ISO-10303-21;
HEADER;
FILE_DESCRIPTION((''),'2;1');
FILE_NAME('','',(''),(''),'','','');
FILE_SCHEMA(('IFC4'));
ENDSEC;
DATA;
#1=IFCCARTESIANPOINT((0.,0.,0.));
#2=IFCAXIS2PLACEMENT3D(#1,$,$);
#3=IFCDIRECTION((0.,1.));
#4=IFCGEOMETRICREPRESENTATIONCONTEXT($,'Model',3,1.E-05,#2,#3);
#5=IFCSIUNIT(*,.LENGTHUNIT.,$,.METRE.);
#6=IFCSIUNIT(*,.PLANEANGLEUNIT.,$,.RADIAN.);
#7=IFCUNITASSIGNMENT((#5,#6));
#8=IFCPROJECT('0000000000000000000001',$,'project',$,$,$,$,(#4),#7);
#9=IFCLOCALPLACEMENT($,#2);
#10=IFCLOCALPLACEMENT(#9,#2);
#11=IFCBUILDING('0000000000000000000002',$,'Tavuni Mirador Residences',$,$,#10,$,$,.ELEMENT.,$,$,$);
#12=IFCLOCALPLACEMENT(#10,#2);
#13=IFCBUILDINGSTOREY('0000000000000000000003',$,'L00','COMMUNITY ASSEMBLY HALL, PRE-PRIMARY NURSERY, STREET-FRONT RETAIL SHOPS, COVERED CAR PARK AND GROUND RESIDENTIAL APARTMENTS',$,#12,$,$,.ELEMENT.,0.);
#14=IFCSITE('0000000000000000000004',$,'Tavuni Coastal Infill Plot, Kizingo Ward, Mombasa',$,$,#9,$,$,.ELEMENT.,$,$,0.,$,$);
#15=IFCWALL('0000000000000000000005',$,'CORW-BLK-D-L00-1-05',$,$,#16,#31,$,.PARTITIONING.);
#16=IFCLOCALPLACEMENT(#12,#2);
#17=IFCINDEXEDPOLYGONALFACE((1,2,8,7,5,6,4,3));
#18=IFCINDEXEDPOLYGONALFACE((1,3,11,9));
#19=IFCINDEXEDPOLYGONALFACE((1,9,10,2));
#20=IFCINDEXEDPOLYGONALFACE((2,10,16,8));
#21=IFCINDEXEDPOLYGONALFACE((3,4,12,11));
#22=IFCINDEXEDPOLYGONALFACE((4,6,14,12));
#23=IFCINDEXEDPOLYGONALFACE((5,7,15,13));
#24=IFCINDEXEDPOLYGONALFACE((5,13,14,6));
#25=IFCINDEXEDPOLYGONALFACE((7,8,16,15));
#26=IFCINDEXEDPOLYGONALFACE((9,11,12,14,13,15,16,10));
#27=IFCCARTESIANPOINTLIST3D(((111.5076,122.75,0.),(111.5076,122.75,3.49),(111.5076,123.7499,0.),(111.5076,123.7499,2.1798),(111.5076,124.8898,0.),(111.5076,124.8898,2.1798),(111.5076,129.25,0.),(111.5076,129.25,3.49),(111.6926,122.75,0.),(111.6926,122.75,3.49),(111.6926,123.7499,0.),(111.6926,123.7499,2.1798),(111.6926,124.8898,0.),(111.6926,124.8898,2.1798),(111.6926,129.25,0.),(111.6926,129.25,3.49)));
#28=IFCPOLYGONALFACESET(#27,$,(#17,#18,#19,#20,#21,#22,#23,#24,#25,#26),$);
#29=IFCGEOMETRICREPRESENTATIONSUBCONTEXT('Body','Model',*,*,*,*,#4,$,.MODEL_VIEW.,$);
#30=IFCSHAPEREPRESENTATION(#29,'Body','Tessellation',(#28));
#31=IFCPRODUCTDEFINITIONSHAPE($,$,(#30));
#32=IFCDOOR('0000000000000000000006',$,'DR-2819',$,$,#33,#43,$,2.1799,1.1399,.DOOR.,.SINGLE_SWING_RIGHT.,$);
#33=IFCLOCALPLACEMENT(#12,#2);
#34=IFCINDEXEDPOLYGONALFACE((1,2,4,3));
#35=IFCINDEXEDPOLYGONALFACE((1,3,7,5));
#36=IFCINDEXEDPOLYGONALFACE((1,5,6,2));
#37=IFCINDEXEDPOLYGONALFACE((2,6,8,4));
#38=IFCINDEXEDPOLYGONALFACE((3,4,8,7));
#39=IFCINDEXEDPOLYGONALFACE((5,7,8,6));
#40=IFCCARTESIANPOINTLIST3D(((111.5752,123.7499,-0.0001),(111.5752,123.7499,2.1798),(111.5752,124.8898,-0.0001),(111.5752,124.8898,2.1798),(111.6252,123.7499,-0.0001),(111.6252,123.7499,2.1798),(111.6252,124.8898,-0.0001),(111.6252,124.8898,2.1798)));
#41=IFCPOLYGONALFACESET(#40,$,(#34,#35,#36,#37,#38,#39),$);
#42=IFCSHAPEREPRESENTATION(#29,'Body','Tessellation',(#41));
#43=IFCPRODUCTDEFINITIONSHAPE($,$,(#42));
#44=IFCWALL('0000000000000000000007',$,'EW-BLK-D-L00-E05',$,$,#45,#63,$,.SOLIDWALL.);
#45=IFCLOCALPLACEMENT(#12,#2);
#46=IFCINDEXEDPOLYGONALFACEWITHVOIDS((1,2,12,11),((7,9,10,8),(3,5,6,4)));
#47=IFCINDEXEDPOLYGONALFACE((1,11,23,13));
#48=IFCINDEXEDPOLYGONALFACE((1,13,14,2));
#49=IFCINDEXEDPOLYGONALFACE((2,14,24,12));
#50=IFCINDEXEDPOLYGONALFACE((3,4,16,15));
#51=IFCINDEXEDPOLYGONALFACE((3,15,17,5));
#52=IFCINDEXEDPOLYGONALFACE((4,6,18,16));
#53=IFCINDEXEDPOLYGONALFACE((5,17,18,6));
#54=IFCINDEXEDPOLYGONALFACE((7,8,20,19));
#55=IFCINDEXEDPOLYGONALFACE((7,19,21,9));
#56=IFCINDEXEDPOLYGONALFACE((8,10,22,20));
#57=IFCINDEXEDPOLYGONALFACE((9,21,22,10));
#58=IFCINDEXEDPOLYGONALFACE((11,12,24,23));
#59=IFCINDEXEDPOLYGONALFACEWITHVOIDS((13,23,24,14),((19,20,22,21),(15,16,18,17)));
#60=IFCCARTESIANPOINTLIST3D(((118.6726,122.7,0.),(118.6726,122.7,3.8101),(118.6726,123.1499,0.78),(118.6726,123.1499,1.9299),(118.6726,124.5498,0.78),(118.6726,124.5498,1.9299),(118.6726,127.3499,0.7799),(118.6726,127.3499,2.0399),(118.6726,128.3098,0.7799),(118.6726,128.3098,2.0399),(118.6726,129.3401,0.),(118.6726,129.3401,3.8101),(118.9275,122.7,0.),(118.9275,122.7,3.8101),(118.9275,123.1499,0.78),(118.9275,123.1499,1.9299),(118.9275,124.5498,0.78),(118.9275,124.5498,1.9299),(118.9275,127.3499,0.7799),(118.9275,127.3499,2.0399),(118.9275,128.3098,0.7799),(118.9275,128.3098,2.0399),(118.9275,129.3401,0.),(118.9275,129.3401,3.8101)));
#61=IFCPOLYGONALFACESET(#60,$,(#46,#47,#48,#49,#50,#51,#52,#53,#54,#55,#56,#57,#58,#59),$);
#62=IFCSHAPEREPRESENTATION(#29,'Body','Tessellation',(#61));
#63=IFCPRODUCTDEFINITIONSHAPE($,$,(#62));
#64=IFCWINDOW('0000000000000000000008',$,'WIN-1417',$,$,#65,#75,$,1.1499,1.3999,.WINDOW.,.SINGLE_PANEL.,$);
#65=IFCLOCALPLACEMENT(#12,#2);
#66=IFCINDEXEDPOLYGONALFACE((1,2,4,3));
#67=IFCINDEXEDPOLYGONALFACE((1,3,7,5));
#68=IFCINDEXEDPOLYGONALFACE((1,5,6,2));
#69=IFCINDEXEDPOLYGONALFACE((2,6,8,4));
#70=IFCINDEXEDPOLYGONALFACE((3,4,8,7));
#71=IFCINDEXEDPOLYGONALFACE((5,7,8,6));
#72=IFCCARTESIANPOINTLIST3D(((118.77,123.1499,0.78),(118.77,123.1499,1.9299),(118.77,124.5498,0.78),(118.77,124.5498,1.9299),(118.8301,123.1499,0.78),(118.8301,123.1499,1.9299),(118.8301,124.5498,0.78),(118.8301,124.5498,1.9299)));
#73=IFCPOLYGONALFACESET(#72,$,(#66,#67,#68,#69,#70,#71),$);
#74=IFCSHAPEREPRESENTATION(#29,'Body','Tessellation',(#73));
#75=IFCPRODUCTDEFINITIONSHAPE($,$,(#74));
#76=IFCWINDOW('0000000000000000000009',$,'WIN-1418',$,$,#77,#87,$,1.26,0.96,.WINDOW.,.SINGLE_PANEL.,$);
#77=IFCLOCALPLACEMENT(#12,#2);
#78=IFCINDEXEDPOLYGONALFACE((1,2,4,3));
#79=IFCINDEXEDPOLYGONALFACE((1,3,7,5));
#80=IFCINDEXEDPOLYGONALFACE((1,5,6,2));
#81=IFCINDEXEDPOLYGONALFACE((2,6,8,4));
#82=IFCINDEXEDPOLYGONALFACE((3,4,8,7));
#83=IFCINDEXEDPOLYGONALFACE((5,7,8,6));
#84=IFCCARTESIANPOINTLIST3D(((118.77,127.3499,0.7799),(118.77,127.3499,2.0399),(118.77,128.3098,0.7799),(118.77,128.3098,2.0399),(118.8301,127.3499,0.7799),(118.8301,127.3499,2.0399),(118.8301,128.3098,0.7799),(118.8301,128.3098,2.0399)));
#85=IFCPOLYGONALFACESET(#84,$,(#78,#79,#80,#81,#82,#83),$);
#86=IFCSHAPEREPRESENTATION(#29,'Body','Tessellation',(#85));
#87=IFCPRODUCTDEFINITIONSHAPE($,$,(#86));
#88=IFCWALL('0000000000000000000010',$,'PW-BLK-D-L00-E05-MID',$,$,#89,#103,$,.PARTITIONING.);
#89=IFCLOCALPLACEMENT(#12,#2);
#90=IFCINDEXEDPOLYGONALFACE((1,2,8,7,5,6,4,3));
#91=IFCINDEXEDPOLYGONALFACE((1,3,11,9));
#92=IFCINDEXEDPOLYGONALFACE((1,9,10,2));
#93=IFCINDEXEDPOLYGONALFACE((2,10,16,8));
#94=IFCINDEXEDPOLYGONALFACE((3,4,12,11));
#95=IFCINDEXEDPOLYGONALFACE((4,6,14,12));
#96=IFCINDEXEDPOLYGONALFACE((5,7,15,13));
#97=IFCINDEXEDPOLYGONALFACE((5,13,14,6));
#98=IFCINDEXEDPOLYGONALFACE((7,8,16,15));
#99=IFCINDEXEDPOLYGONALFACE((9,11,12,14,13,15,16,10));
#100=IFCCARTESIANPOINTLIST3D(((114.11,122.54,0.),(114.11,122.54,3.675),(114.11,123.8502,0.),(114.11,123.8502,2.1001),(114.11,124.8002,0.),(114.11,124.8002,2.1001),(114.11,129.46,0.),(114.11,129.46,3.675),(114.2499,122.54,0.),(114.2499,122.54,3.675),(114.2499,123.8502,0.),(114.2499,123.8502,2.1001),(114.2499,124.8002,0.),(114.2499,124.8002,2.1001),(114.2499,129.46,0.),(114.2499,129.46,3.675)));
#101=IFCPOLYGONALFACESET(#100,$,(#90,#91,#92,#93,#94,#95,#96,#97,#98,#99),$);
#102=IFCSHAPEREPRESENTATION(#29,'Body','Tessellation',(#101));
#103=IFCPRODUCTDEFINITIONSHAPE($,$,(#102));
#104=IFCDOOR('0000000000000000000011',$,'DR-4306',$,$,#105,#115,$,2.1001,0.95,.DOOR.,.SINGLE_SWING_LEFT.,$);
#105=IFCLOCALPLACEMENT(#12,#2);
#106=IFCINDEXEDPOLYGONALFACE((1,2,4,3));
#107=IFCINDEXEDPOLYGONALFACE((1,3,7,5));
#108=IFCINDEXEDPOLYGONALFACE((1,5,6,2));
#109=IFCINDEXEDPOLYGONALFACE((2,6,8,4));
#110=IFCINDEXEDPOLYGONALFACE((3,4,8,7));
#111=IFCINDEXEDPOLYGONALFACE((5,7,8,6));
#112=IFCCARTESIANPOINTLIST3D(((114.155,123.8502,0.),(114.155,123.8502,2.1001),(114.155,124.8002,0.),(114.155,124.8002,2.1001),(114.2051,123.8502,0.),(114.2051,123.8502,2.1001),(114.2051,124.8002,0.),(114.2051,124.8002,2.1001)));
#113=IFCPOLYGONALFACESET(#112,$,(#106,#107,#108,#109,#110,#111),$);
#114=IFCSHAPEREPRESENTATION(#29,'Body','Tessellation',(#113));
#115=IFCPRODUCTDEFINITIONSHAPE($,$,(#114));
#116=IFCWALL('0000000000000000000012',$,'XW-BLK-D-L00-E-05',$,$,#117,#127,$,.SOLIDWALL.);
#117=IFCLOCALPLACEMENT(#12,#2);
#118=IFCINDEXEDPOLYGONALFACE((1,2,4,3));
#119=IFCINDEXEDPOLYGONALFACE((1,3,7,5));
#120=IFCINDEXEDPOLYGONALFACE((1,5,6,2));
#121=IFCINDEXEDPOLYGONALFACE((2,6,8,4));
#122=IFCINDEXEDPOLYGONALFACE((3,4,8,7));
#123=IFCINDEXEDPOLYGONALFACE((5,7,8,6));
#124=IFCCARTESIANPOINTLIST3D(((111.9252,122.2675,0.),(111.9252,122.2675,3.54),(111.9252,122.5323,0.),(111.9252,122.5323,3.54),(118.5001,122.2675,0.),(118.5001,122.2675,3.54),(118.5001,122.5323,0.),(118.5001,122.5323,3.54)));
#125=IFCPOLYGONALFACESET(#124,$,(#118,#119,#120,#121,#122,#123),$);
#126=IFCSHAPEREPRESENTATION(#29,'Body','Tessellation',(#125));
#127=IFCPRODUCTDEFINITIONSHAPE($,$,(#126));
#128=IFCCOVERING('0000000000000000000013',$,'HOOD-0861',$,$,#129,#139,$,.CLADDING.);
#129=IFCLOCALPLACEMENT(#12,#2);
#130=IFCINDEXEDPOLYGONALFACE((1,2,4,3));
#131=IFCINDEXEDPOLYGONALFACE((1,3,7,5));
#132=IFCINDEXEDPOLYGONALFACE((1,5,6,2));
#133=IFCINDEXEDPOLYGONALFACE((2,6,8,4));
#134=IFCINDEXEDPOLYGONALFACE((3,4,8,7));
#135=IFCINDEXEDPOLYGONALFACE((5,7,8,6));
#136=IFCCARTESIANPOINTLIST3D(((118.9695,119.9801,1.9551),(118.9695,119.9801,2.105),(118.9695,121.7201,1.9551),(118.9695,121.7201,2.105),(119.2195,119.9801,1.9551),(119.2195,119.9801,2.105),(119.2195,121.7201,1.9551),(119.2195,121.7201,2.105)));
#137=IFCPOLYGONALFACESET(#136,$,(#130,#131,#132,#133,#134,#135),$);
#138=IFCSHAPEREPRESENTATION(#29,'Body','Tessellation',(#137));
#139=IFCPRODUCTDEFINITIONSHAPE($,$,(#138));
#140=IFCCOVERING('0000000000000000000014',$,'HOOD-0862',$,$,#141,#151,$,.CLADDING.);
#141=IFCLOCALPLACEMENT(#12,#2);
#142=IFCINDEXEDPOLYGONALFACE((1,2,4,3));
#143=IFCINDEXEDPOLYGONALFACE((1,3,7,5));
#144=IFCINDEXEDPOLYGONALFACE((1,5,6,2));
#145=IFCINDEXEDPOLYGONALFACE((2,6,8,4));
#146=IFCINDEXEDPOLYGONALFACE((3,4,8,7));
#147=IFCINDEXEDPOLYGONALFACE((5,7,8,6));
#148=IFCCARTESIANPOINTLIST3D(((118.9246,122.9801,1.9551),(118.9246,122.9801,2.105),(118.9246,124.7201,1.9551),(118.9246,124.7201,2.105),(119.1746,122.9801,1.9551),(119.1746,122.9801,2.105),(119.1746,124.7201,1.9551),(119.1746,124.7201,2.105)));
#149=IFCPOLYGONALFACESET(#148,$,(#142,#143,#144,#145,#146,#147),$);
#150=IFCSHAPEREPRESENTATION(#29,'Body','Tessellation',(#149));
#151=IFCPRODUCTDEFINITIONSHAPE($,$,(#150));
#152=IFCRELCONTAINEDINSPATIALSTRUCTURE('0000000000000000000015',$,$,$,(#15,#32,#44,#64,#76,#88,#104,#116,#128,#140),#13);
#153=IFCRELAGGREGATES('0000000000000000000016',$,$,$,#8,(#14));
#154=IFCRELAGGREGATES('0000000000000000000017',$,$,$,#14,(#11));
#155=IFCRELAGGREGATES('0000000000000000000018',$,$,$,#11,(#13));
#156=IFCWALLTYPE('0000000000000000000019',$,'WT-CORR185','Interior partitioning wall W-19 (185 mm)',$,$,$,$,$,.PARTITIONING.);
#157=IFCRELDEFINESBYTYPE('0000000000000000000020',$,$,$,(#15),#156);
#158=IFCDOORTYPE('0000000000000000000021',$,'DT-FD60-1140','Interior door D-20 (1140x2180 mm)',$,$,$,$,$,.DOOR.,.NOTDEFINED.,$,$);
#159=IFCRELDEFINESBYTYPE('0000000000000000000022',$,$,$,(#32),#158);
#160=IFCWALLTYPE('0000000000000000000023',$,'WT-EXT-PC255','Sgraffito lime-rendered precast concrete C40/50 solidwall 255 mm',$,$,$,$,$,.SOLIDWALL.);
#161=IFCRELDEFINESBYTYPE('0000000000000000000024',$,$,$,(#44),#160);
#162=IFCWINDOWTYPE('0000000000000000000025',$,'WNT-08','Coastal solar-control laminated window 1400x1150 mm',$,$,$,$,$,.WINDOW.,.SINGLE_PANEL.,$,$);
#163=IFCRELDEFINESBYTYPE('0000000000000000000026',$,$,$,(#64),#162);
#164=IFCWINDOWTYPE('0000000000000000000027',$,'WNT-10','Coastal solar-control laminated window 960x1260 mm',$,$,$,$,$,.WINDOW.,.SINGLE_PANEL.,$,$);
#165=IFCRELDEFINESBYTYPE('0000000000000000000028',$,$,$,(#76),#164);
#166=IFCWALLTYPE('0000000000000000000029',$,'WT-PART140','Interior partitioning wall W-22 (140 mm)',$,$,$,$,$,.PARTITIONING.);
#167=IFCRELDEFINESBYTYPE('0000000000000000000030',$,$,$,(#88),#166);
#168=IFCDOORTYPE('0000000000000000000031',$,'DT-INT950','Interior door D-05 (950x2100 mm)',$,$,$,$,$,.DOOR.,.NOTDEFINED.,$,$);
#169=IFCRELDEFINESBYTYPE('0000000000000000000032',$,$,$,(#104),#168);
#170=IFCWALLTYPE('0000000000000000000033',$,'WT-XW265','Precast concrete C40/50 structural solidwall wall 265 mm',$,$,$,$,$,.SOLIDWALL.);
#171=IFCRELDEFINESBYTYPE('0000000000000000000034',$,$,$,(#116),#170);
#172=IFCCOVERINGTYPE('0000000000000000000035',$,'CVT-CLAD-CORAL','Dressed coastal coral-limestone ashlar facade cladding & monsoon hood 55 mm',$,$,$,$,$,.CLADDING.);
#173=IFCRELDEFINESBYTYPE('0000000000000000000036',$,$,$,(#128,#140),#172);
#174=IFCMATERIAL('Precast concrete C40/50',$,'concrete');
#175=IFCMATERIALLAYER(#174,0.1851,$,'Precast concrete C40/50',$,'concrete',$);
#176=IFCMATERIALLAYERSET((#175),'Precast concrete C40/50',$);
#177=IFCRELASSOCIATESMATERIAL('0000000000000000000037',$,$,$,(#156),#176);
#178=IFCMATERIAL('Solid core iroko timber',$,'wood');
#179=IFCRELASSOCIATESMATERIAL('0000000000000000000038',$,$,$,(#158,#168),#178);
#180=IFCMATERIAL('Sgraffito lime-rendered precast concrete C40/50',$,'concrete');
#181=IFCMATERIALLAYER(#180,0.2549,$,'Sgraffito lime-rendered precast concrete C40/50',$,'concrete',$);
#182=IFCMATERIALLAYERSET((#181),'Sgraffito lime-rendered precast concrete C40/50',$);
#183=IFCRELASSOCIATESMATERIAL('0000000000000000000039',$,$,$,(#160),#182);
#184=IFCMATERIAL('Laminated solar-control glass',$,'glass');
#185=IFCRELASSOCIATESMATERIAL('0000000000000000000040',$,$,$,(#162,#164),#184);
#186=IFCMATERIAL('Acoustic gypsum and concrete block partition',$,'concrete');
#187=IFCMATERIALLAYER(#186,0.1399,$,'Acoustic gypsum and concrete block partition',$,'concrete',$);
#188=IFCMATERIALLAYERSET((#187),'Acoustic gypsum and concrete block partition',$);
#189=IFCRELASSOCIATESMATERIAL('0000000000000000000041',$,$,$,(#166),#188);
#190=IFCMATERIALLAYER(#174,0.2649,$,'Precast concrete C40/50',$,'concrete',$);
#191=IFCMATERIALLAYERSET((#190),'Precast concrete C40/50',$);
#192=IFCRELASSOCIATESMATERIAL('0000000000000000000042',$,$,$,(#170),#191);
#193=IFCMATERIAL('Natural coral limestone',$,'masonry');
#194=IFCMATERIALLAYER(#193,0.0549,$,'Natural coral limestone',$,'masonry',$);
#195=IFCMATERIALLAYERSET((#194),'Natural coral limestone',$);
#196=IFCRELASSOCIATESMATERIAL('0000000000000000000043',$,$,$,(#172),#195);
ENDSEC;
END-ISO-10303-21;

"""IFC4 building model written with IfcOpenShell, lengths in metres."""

from ifc_helpers import new_model, si_unit, direction, frame, frame_2d, origin, origin_2d, place, context, subcontext, project, spatial, rectangle, extrude, material, layer, layer_set, type_object, element, fill, save


model = new_model("IFC4")

# Units and contexts
model_context = context("Model", 3, precision=1e-05, world=origin(), true_north=direction((0.0, 1.0)))
body_context = subcontext(model_context, "Body", "Model", "MODEL_VIEW")
ifc_project = project(units=[si_unit("LENGTHUNIT", "METRE"), si_unit("PLANEANGLEUNIT", "RADIAN")], contexts=[model_context])

# Site, building, storey
site_placement = place(None, origin())
site = spatial("IfcSite", under=ifc_project, at=site_placement, Name="Tavuni Coastal Infill Plot, Kizingo Ward, Mombasa", CompositionType="ELEMENT", RefElevation=0.0)
building_placement = place(site_placement, origin())
building = spatial("IfcBuilding", under=site, at=building_placement, Name="Tavuni Mirador Residences", CompositionType="ELEMENT")
storey_placement = place(building_placement, origin())
storey = spatial("IfcBuildingStorey", under=building, at=storey_placement, Name="L00", Description="COMMUNITY ASSEMBLY HALL, PRE-PRIMARY NURSERY, STREET-FRONT RETAIL SHOPS, COVERED CAR PARK AND GROUND RESIDENTIAL APARTMENTS", CompositionType="ELEMENT", Elevation=0.0)

# Shared definitions
ifc_material_1 = material(Name="Precast concrete C40/50", Category="concrete")

# Wall, opening, door
ifc_layer_1 = layer(ifc_material_1, 0.1851, Name="Precast concrete C40/50", Category="concrete")
ifc_layer_set_1 = layer_set([ifc_layer_1], Name="Precast concrete C40/50")
wall_type_1 = type_object("IfcWallType", Name="WT-CORR185", Description="Interior partitioning wall W-19 (185 mm)", PredefinedType="PARTITIONING", material=ifc_layer_set_1)
wall_1_placement = place(storey_placement, frame((111.6001, 122.75, 0.0), z_axis=(0.0, 0.0, 1.0), x_axis=(0.0, 1.0, 0.0)))
wall_1 = element("IfcWall", 1, at=wall_1_placement, inside=storey, type_object=wall_type_1, Name="CORW-BLK-D-L00-1-05", PredefinedType="PARTITIONING", context=body_context, shape_type="SweptSolid", body=[
    extrude(rectangle(XDim=6.5, YDim=0.1851, at=frame_2d((3.25, 0.0))), origin(), (0.0, 0.0, 1.0), 3.49),
])
opening_1_placement = place(wall_1_placement, frame((1.0, 0.0, 0.0)))
opening_1 = element("IfcOpeningElement", 2, at=opening_1_placement, cuts=wall_1, PredefinedType="OPENING", context=body_context, shape_type="SweptSolid", body=[
    extrude(rectangle(XDim=1.1399, YDim=2.1799, at=frame_2d((0.5698, 1.0898))), frame((0.0, 0.1025, 0.0), z_axis=(0.0, -1.0, 0.0), x_axis=(1.0, 0.0, 0.0)), (0.0, 0.0, 1.0), 0.2051),
])
ifc_material_2 = material(Name="Solid core iroko timber", Category="wood")
door_type_1 = type_object("IfcDoorType", Name="DT-FD60-1140", Description="Interior door D-20 (1140x2180 mm)", OperationType="NOTDEFINED", PredefinedType="DOOR", material=ifc_material_2)
door_1_placement = place(opening_1_placement, origin())
door_1 = element("IfcDoor", 3, at=door_1_placement, inside=storey, type_object=door_type_1, Name="DR-2819", OperationType="SINGLE_SWING_RIGHT", OverallHeight=2.1799, OverallWidth=1.1399, PredefinedType="DOOR", context=body_context, shape_type="SweptSolid", body=[
    extrude(rectangle(XDim=1.1399, YDim=2.1799, at=frame_2d((0.5698, 1.0898))), frame((0.0, 0.0249, 0.0), z_axis=(0.0, -1.0, 0.0), x_axis=(1.0, 0.0, 0.0)), (0.0, 0.0, 1.0), 0.05),
])
fill(opening_1, door_1)

# Wall, openings, windows
ifc_material_3 = material(Name="Sgraffito lime-rendered precast concrete C40/50", Category="concrete")
ifc_layer_2 = layer(ifc_material_3, 0.2549, Name="Sgraffito lime-rendered precast concrete C40/50", Category="concrete")
ifc_layer_set_2 = layer_set([ifc_layer_2], Name="Sgraffito lime-rendered precast concrete C40/50")
wall_type_2 = type_object("IfcWallType", Name="WT-EXT-PC255", Description="Sgraffito lime-rendered precast concrete C40/50 solidwall 255 mm", PredefinedType="SOLIDWALL", material=ifc_layer_set_2)
wall_2_placement = place(storey_placement, frame((118.8, 122.7, 0.0), z_axis=(0.0, 0.0, 1.0), x_axis=(0.0, 1.0, 0.0)))
wall_2 = element("IfcWall", 4, at=wall_2_placement, inside=storey, type_object=wall_type_2, Name="EW-BLK-D-L00-E05", PredefinedType="SOLIDWALL", context=body_context, shape_type="SweptSolid", body=[
    extrude(rectangle(XDim=6.6401, YDim=0.2549, at=frame_2d((3.3201, 0.0))), origin(), (0.0, 0.0, 1.0), 3.8101),
])
opening_2_placement = place(wall_2_placement, frame((0.45, 0.0, 0.78)))
opening_2 = element("IfcOpeningElement", 5, at=opening_2_placement, cuts=wall_2, PredefinedType="OPENING", context=body_context, shape_type="SweptSolid", body=[
    extrude(rectangle(XDim=1.3999, YDim=1.1499, at=frame_2d((0.7, 0.575))), frame((0.0, 0.1375, 0.0), z_axis=(0.0, -1.0, 0.0), x_axis=(1.0, 0.0, 0.0)), (0.0, 0.0, 1.0), 0.2749),
])
opening_3_placement = place(wall_2_placement, frame((4.6499, 0.0, 0.78)))
opening_3 = element("IfcOpeningElement", 6, at=opening_3_placement, cuts=wall_2, PredefinedType="OPENING", context=body_context, shape_type="SweptSolid", body=[
    extrude(rectangle(XDim=0.96, YDim=1.26, at=frame_2d((0.48, 0.6299))), frame((0.0, 0.1375, 0.0), z_axis=(0.0, -1.0, 0.0), x_axis=(1.0, 0.0, 0.0)), (0.0, 0.0, 1.0), 0.2749),
])
ifc_material_4 = material(Name="Laminated solar-control glass", Category="glass")
window_type_1 = type_object("IfcWindowType", Name="WNT-08", Description="Coastal solar-control laminated window 1400x1150 mm", PartitioningType="SINGLE_PANEL", PredefinedType="WINDOW", material=ifc_material_4)
window_1_placement = place(opening_2_placement, origin())
window_1 = element("IfcWindow", 7, at=window_1_placement, inside=storey, type_object=window_type_1, Name="WIN-1417", OverallHeight=1.1499, OverallWidth=1.3999, PartitioningType="SINGLE_PANEL", PredefinedType="WINDOW", context=body_context, shape_type="SweptSolid", body=[
    extrude(rectangle(XDim=1.3999, YDim=1.1499, at=frame_2d((0.7, 0.575))), frame((0.0, 0.03, 0.0), z_axis=(0.0, -1.0, 0.0), x_axis=(1.0, 0.0, 0.0)), (0.0, 0.0, 1.0), 0.0601),
])
fill(opening_2, window_1)
window_type_2 = type_object("IfcWindowType", Name="WNT-10", Description="Coastal solar-control laminated window 960x1260 mm", PartitioningType="SINGLE_PANEL", PredefinedType="WINDOW", material=ifc_material_4)
window_2_placement = place(opening_3_placement, origin())
window_2 = element("IfcWindow", 8, at=window_2_placement, inside=storey, type_object=window_type_2, Name="WIN-1418", OverallHeight=1.26, OverallWidth=0.96, PartitioningType="SINGLE_PANEL", PredefinedType="WINDOW", context=body_context, shape_type="SweptSolid", body=[
    extrude(rectangle(XDim=0.96, YDim=1.26, at=frame_2d((0.48, 0.6299))), frame((0.0, 0.03, 0.0), z_axis=(0.0, -1.0, 0.0), x_axis=(1.0, 0.0, 0.0)), (0.0, 0.0, 1.0), 0.0601),
])
fill(opening_3, window_2)

# Wall, opening, door
ifc_material_5 = material(Name="Acoustic gypsum and concrete block partition", Category="concrete")
ifc_layer_3 = layer(ifc_material_5, 0.1399, Name="Acoustic gypsum and concrete block partition", Category="concrete")
ifc_layer_set_3 = layer_set([ifc_layer_3], Name="Acoustic gypsum and concrete block partition")
wall_type_3 = type_object("IfcWallType", Name="WT-PART140", Description="Interior partitioning wall W-22 (140 mm)", PredefinedType="PARTITIONING", material=ifc_layer_set_3)
wall_3_placement = place(storey_placement, frame((114.1799, 122.54, 0.0), z_axis=(0.0, 0.0, 1.0), x_axis=(0.0, 1.0, 0.0)))
wall_3 = element("IfcWall", 9, at=wall_3_placement, inside=storey, type_object=wall_type_3, Name="PW-BLK-D-L00-E05-MID", PredefinedType="PARTITIONING", context=body_context, shape_type="SweptSolid", body=[
    extrude(rectangle(XDim=6.9199, YDim=0.1399, at=frame_2d((3.46, 0.0))), origin(), (0.0, 0.0, 1.0), 3.675),
])
opening_4_placement = place(wall_3_placement, frame((1.3101, 0.0, 0.0)))
opening_4 = element("IfcOpeningElement", 10, at=opening_4_placement, cuts=wall_3, PredefinedType="OPENING", context=body_context, shape_type="SweptSolid", body=[
    extrude(rectangle(XDim=0.95, YDim=2.1001, at=frame_2d((0.4751, 1.05))), frame((0.0, 0.0801, 0.0), z_axis=(0.0, -1.0, 0.0), x_axis=(1.0, 0.0, 0.0)), (0.0, 0.0, 1.0), 0.1599),
])
door_type_2 = type_object("IfcDoorType", Name="DT-INT950", Description="Interior door D-05 (950x2100 mm)", OperationType="NOTDEFINED", PredefinedType="DOOR", material=ifc_material_2)
door_2_placement = place(opening_4_placement, origin())
door_2 = element("IfcDoor", 11, at=door_2_placement, inside=storey, type_object=door_type_2, Name="DR-4306", OperationType="SINGLE_SWING_LEFT", OverallHeight=2.1001, OverallWidth=0.95, PredefinedType="DOOR", context=body_context, shape_type="SweptSolid", body=[
    extrude(rectangle(XDim=0.95, YDim=2.1001, at=frame_2d((0.4751, 1.05))), frame((0.0, 0.0249, 0.0), z_axis=(0.0, -1.0, 0.0), x_axis=(1.0, 0.0, 0.0)), (0.0, 0.0, 1.0), 0.05),
])
fill(opening_4, door_2)

# Wall
ifc_layer_4 = layer(ifc_material_1, 0.2649, Name="Precast concrete C40/50", Category="concrete")
ifc_layer_set_4 = layer_set([ifc_layer_4], Name="Precast concrete C40/50")
wall_type_4 = type_object("IfcWallType", Name="WT-XW265", Description="Precast concrete C40/50 structural solidwall wall 265 mm", PredefinedType="SOLIDWALL", material=ifc_layer_set_4)
wall_4_placement = place(storey_placement, frame((111.925, 122.3999, 0.0), z_axis=(0.0, 0.0, 1.0), x_axis=(1.0, 0.0, 0.0)))
element("IfcWall", 12, at=wall_4_placement, inside=storey, type_object=wall_type_4, Name="XW-BLK-D-L00-E-05", PredefinedType="SOLIDWALL", context=body_context, shape_type="SweptSolid", body=[
    extrude(rectangle(XDim=6.575, YDim=0.2649, at=frame_2d((3.2876, 0.0))), origin(), (0.0, 0.0, 1.0), 3.54),
])

# Coverings
ifc_material_6 = material(Name="Natural coral limestone", Category="masonry")
ifc_layer_5 = layer(ifc_material_6, 0.0549, Name="Natural coral limestone", Category="masonry")
ifc_layer_set_5 = layer_set([ifc_layer_5], Name="Natural coral limestone")
covering_type = type_object("IfcCoveringType", Name="CVT-CLAD-CORAL", Description="Dressed coastal coral-limestone ashlar facade cladding & monsoon hood 55 mm", PredefinedType="CLADDING", material=ifc_layer_set_5)
for number, where, z_axis, x_axis, name in (
    (13, (119.0945, 120.8501, 1.9551), (0.0, 0.0, 1.0), (0.0, 1.0, 0.0), "HOOD-0861"),
    (14, (119.0496, 123.8501, 1.9551), (0.0, 0.0, 1.0), (0.0, 1.0, 0.0), "HOOD-0862"),
):
    element("IfcCovering", number, at=place(storey_placement, frame(where, z_axis=z_axis, x_axis=x_axis)), inside=storey, type_object=covering_type, Name=name, PredefinedType="CLADDING", context=body_context, shape_type="SweptSolid", body=[
        extrude(rectangle(XDim=1.74, YDim=0.25, at=origin_2d()), origin(), (0.0, 0.0, 1.0), 0.1499),
    ])

save(model, "model.ifc")
